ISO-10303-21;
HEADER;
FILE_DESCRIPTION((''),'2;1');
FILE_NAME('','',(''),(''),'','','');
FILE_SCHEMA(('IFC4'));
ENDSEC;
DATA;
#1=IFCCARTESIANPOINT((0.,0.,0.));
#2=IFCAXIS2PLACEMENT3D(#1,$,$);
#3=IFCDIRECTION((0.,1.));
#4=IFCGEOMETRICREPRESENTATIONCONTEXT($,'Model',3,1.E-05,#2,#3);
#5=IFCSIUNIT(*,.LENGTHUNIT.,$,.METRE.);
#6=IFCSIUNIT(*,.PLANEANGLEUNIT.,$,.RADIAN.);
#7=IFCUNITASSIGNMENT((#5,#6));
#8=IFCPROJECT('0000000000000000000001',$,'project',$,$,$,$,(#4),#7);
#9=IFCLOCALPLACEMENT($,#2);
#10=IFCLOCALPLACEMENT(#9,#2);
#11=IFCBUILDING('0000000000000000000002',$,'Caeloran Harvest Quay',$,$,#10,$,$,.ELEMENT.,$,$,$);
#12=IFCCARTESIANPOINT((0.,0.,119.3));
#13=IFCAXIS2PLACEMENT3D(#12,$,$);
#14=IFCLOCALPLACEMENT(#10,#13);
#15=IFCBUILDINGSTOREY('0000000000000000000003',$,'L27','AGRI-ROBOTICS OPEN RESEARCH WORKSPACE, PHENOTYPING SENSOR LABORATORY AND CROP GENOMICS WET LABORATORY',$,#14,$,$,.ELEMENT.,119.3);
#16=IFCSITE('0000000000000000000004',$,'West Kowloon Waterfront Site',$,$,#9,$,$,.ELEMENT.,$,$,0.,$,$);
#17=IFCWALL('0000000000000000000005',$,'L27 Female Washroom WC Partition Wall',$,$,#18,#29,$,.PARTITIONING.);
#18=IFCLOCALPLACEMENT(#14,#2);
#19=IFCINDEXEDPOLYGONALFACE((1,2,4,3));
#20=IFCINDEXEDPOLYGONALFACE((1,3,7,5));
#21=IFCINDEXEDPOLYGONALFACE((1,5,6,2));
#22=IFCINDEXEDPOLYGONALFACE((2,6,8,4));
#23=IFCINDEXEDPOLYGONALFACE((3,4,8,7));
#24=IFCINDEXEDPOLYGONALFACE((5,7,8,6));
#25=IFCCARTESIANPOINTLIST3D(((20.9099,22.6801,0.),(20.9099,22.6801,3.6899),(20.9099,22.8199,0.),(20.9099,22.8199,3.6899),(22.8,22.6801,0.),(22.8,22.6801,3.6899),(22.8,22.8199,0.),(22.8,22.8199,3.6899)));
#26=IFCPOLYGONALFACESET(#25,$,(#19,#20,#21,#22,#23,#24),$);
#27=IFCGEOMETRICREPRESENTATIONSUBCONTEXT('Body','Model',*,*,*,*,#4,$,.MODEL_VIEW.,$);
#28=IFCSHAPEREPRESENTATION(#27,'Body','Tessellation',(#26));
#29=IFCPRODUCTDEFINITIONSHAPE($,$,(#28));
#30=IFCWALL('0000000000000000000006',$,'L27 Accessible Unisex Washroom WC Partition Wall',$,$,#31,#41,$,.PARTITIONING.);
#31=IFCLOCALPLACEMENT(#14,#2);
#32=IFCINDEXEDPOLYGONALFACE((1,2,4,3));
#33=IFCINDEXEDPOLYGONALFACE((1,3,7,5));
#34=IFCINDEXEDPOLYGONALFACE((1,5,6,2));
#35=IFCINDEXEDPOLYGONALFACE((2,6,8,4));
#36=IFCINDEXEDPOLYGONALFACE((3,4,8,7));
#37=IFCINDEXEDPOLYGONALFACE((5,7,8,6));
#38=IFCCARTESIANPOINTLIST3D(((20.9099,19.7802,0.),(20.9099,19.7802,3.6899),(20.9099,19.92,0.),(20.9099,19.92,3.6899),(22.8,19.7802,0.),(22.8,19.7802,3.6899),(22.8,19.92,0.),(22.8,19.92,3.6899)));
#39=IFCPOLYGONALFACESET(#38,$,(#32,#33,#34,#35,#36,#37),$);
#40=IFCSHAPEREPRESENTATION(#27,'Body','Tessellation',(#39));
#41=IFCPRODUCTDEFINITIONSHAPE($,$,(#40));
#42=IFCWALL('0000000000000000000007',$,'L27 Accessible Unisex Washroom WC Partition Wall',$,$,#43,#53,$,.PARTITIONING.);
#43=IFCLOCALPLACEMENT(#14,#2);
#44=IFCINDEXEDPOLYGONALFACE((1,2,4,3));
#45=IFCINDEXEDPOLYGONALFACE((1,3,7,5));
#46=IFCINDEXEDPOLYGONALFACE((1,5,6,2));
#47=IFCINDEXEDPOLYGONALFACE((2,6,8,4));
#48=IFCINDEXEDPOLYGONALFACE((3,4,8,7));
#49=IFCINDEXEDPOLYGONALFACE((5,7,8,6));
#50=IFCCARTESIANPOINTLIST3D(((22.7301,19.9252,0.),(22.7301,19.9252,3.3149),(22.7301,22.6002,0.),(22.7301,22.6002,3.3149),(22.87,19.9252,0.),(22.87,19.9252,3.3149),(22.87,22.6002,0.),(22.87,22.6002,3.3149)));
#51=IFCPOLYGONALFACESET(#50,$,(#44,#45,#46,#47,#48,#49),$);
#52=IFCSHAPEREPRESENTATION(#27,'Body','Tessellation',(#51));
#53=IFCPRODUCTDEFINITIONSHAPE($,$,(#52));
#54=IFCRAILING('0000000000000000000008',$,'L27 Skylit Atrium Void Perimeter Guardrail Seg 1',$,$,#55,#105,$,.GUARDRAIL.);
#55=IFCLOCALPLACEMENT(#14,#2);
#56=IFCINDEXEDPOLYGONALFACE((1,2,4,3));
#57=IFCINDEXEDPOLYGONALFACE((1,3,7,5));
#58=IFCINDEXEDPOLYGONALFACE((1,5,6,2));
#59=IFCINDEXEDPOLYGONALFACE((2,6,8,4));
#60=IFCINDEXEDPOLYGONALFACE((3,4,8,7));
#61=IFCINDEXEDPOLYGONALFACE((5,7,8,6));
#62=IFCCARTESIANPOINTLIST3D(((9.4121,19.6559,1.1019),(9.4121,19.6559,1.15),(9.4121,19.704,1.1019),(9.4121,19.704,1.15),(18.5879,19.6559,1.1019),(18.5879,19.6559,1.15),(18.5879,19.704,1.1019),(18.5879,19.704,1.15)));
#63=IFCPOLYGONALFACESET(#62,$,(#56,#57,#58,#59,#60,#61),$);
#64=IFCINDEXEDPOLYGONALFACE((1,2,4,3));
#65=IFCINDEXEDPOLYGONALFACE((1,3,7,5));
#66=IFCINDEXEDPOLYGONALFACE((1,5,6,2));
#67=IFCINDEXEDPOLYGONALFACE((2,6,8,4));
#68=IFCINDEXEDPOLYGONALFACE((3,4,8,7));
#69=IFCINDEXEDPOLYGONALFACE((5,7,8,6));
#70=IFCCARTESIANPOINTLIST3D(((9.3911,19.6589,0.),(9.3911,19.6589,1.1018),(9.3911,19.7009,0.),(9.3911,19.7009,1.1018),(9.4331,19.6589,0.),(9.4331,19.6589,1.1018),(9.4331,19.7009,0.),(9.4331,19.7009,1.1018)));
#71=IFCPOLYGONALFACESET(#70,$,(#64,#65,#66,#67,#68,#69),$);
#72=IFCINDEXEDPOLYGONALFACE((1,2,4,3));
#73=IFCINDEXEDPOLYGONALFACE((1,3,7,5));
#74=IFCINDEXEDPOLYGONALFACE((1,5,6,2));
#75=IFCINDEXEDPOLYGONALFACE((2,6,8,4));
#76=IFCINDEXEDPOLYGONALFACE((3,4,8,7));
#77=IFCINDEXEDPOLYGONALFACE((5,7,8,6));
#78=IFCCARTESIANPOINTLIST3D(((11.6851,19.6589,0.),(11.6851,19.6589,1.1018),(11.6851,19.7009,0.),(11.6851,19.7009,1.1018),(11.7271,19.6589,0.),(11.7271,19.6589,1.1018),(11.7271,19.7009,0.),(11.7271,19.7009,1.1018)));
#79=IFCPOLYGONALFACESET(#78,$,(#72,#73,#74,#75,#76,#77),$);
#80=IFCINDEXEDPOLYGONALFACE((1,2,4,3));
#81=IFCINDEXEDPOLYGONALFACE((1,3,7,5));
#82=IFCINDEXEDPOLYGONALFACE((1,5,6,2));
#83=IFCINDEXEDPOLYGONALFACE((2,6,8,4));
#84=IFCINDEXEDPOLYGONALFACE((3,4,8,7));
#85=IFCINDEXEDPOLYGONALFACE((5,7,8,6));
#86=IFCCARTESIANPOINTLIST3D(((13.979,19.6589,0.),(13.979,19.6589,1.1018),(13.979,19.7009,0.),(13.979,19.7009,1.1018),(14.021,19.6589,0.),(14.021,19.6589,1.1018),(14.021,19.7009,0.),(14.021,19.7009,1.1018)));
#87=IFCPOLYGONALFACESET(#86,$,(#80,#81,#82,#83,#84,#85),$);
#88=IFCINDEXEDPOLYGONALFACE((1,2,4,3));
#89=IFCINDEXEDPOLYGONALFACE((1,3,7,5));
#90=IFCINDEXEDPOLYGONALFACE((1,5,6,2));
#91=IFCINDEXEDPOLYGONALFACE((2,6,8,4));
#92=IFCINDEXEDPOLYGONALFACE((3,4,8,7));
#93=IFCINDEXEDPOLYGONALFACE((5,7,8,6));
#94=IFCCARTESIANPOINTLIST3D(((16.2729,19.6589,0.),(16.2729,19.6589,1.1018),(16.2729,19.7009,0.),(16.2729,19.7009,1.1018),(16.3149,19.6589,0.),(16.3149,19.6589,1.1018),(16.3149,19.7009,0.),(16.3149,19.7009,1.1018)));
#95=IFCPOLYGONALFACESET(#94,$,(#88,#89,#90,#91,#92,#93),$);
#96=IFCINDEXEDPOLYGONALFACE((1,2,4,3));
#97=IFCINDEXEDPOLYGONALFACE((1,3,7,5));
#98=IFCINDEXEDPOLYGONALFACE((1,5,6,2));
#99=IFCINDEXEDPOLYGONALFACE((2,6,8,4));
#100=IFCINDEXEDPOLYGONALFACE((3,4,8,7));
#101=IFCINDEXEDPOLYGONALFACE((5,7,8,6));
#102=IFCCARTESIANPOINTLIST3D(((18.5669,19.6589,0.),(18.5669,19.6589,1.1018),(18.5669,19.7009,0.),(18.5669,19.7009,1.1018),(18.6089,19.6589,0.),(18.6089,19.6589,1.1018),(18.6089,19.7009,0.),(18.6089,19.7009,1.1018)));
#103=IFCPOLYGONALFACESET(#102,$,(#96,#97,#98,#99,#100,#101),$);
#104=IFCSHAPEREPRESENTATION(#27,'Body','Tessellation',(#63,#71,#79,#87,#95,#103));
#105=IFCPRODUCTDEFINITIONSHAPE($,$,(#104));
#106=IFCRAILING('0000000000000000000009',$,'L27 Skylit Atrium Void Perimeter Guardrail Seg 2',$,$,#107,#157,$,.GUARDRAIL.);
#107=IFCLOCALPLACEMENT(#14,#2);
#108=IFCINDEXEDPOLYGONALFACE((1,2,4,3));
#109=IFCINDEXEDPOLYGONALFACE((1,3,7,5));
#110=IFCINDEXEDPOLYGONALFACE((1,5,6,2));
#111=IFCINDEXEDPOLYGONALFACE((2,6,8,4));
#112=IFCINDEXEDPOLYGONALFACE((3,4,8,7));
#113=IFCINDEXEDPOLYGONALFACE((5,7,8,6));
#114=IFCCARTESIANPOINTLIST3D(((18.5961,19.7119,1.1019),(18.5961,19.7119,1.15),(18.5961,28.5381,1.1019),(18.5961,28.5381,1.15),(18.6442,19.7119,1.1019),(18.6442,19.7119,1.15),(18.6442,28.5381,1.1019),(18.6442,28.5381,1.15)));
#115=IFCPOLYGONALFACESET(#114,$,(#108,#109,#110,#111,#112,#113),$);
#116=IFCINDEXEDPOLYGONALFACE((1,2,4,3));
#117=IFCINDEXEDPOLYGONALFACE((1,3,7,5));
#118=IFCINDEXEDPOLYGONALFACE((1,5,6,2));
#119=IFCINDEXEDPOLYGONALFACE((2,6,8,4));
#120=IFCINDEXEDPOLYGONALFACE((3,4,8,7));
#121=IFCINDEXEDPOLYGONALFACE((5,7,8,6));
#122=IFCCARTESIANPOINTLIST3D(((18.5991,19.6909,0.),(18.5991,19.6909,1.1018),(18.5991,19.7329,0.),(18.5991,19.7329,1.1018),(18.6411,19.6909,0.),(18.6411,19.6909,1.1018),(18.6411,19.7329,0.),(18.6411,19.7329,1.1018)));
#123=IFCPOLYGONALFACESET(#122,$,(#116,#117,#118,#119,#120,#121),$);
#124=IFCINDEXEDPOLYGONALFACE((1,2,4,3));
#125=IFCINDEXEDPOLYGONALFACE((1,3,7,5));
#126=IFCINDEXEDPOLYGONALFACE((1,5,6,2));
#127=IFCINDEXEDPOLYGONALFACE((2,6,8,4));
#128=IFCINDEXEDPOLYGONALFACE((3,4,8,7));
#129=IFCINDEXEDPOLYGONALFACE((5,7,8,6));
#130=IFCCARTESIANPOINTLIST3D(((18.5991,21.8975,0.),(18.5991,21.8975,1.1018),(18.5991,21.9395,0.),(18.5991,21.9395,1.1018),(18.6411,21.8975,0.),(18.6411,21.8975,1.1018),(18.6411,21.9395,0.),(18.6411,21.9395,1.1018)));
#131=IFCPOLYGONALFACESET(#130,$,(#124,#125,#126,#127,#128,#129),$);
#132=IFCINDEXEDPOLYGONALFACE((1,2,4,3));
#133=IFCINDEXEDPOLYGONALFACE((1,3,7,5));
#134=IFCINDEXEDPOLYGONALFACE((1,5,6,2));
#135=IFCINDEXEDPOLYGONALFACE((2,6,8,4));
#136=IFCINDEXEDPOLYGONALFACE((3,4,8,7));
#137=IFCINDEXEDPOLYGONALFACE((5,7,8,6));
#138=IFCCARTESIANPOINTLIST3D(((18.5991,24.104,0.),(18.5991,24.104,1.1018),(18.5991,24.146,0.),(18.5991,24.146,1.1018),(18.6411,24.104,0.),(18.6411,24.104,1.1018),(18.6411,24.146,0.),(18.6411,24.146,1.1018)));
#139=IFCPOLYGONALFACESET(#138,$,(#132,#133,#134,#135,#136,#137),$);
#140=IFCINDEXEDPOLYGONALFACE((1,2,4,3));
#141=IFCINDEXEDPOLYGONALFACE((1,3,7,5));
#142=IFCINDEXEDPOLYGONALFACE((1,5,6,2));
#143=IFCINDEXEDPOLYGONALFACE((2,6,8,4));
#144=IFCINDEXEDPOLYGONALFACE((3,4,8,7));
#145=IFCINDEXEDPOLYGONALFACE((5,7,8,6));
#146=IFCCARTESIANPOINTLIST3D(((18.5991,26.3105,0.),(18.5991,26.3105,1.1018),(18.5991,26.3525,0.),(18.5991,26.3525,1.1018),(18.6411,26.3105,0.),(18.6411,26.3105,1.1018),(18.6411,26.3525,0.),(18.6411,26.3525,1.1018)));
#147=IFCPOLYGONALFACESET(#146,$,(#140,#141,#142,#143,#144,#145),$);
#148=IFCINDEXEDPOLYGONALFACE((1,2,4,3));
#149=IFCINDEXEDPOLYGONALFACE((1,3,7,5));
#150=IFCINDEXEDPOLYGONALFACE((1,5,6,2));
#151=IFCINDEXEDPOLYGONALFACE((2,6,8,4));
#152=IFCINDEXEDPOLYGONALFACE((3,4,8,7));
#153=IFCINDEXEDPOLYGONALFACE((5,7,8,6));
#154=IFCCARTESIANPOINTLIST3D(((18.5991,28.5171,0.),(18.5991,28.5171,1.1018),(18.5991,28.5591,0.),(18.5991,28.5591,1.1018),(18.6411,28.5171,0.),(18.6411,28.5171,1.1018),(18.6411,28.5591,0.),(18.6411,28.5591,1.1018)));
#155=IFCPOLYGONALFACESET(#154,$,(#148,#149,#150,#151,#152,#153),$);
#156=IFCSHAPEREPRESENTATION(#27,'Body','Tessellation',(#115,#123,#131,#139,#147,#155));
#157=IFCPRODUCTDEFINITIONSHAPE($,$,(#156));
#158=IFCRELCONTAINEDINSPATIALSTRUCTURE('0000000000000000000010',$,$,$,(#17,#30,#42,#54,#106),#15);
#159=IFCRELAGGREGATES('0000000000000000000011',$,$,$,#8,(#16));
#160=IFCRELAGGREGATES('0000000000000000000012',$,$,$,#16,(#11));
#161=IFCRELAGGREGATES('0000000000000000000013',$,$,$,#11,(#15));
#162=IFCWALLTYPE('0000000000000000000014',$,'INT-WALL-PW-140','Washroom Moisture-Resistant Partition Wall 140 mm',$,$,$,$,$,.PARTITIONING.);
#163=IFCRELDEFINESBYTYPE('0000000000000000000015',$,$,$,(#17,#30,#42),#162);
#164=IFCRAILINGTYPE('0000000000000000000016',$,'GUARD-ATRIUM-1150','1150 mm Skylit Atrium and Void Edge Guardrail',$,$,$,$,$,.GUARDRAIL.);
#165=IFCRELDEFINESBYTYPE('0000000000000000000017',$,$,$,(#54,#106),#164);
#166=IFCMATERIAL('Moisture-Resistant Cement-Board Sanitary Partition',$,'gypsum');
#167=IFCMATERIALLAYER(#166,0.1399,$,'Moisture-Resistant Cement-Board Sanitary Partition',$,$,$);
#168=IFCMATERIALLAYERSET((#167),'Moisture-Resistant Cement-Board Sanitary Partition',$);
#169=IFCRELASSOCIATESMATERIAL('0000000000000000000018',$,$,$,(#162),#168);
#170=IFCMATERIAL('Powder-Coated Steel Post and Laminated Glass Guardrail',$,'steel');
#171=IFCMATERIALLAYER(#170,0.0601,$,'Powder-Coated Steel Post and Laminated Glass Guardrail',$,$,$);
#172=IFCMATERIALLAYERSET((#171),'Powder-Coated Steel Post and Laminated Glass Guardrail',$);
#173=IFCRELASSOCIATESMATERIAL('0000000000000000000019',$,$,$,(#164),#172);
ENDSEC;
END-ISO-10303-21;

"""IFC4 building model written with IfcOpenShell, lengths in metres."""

from ifc_helpers import new_model, si_unit, direction, frame, frame_2d, origin, origin_2d, place, context, subcontext, project, spatial, rectangle, extrude, material, layer, layer_set, type_object, element, save


model = new_model("IFC4")

# Units and contexts
model_context = context("Model", 3, precision=1e-05, world=origin(), true_north=direction((0.0, 1.0)))
body_context = subcontext(model_context, "Body", "Model", "MODEL_VIEW")
ifc_project = project(units=[si_unit("LENGTHUNIT", "METRE"), si_unit("PLANEANGLEUNIT", "RADIAN")], contexts=[model_context])

# Site, building, storey
site_placement = place(None, origin())
site = spatial("IfcSite", under=ifc_project, at=site_placement, Name="West Kowloon Waterfront Site", CompositionType="ELEMENT", RefElevation=0.0)
building_placement = place(site_placement, origin())
building = spatial("IfcBuilding", under=site, at=building_placement, Name="Caeloran Harvest Quay", CompositionType="ELEMENT")
storey_placement = place(building_placement, frame((0.0, 0.0, 119.3)))
storey = spatial("IfcBuildingStorey", under=building, at=storey_placement, Name="L27", Description="AGRI-ROBOTICS OPEN RESEARCH WORKSPACE, PHENOTYPING SENSOR LABORATORY AND CROP GENOMICS WET LABORATORY", CompositionType="ELEMENT", Elevation=119.3)

# Wall
ifc_material_1 = material(Name="Moisture-Resistant Cement-Board Sanitary Partition", Category="gypsum")
ifc_layer_1 = layer(ifc_material_1, 0.1399, Name="Moisture-Resistant Cement-Board Sanitary Partition")
ifc_layer_set_1 = layer_set([ifc_layer_1], Name="Moisture-Resistant Cement-Board Sanitary Partition")
wall_type_1 = type_object("IfcWallType", Name="INT-WALL-PW-140", Description="Washroom Moisture-Resistant Partition Wall 140 mm", PredefinedType="PARTITIONING", material=ifc_layer_set_1)
wall_1_placement = place(storey_placement, frame((22.8, 22.75, 0.0), z_axis=(0.0, 0.0, 1.0), x_axis=(-1.0, 0.0, 0.0)))
element("IfcWall", 1, at=wall_1_placement, inside=storey, type_object=wall_type_1, Name="L27 Female Washroom WC Partition Wall", PredefinedType="PARTITIONING", context=body_context, shape_type="SweptSolid", body=[
    extrude(rectangle(XDim=1.8901, YDim=0.1399, at=frame_2d((0.9451, 0.0))), origin(), (0.0, 0.0, 1.0), 3.6899),
])

# Wall
wall_2_placement = place(storey_placement, frame((22.8, 19.8501, 0.0), z_axis=(0.0, 0.0, 1.0), x_axis=(-1.0, 0.0, 0.0)))
element("IfcWall", 2, at=wall_2_placement, inside=storey, type_object=wall_type_1, Name="L27 Accessible Unisex Washroom WC Partition Wall", PredefinedType="PARTITIONING", context=body_context, shape_type="SweptSolid", body=[
    extrude(rectangle(XDim=1.8901, YDim=0.1399, at=frame_2d((0.9451, 0.0))), origin(), (0.0, 0.0, 1.0), 3.6899),
])

# Wall
wall_3_placement = place(storey_placement, frame((22.8, 22.6001, 0.0), z_axis=(0.0, 0.0, 1.0), x_axis=(0.0, -1.0, 0.0)))
element("IfcWall", 3, at=wall_3_placement, inside=storey, type_object=wall_type_1, Name="L27 Accessible Unisex Washroom WC Partition Wall", PredefinedType="PARTITIONING", context=body_context, shape_type="SweptSolid", body=[
    extrude(rectangle(XDim=2.675, YDim=0.1399, at=frame_2d((1.3374, 0.0))), origin(), (0.0, 0.0, 1.0), 3.3149),
])

# Railings
ifc_material_2 = material(Name="Powder-Coated Steel Post and Laminated Glass Guardrail", Category="steel")
ifc_layer_2 = layer(ifc_material_2, 0.0601, Name="Powder-Coated Steel Post and Laminated Glass Guardrail")
ifc_layer_set_2 = layer_set([ifc_layer_2], Name="Powder-Coated Steel Post and Laminated Glass Guardrail")
railing_type = type_object("IfcRailingType", Name="GUARD-ATRIUM-1150", Description="1150 mm Skylit Atrium and Void Edge Guardrail", PredefinedType="GUARDRAIL", material=ifc_layer_set_2)
railing_1_placement = place(storey_placement, frame((9.4121, 19.6799, 0.0)))
element("IfcRailing", 4, at=railing_1_placement, inside=storey, type_object=railing_type, Name="L27 Skylit Atrium Void Perimeter Guardrail Seg 1", PredefinedType="GUARDRAIL", context=body_context, shape_type="SweptSolid", body=[
    extrude(rectangle(XDim=0.0481, YDim=0.0481, at=origin_2d()), frame((0.0, 0.0, 1.126), z_axis=(1.0, 0.0, 0.0), x_axis=(0.0, 1.0, 0.0)), (0.0, 0.0, 1.0), 9.1758),
    extrude(rectangle(XDim=0.042, YDim=0.042, at=origin_2d()), origin(), (0.0, 0.0, 1.0), 1.1018),
    extrude(rectangle(XDim=0.042, YDim=0.042, at=origin_2d()), frame((2.2939, 0.0, 0.0)), (0.0, 0.0, 1.0), 1.1018),
    extrude(rectangle(XDim=0.042, YDim=0.042, at=origin_2d()), frame((4.5879, 0.0, 0.0)), (0.0, 0.0, 1.0), 1.1018),
    extrude(rectangle(XDim=0.042, YDim=0.042, at=origin_2d()), frame((6.8818, 0.0, 0.0)), (0.0, 0.0, 1.0), 1.1018),
    extrude(rectangle(XDim=0.042, YDim=0.042, at=origin_2d()), frame((9.1758, 0.0, 0.0)), (0.0, 0.0, 1.0), 1.1018),
])
railing_2_placement = place(storey_placement, frame((18.6201, 19.7119, 0.0)))
element("IfcRailing", 5, at=railing_2_placement, inside=storey, type_object=railing_type, Name="L27 Skylit Atrium Void Perimeter Guardrail Seg 2", PredefinedType="GUARDRAIL", context=body_context, shape_type="SweptSolid", body=[
    extrude(rectangle(XDim=0.0481, YDim=0.0481, at=origin_2d()), frame((0.0, 0.0, 1.126), z_axis=(0.0, 1.0, 0.0), x_axis=(-1.0, 0.0, 0.0)), (0.0, 0.0, 1.0), 8.8262),
    extrude(rectangle(XDim=0.042, YDim=0.042, at=origin_2d()), origin(), (0.0, 0.0, 1.0), 1.1018),
    extrude(rectangle(XDim=0.042, YDim=0.042, at=origin_2d()), frame((0.0, 2.2065, 0.0)), (0.0, 0.0, 1.0), 1.1018),
    extrude(rectangle(XDim=0.042, YDim=0.042, at=origin_2d()), frame((0.0, 4.4131, 0.0)), (0.0, 0.0, 1.0), 1.1018),
    extrude(rectangle(XDim=0.042, YDim=0.042, at=origin_2d()), frame((0.0, 6.6196, 0.0)), (0.0, 0.0, 1.0), 1.1018),
    extrude(rectangle(XDim=0.042, YDim=0.042, at=origin_2d()), frame((0.0, 8.8262, 0.0)), (0.0, 0.0, 1.0), 1.1018),
])

save(model, "model.ifc")
